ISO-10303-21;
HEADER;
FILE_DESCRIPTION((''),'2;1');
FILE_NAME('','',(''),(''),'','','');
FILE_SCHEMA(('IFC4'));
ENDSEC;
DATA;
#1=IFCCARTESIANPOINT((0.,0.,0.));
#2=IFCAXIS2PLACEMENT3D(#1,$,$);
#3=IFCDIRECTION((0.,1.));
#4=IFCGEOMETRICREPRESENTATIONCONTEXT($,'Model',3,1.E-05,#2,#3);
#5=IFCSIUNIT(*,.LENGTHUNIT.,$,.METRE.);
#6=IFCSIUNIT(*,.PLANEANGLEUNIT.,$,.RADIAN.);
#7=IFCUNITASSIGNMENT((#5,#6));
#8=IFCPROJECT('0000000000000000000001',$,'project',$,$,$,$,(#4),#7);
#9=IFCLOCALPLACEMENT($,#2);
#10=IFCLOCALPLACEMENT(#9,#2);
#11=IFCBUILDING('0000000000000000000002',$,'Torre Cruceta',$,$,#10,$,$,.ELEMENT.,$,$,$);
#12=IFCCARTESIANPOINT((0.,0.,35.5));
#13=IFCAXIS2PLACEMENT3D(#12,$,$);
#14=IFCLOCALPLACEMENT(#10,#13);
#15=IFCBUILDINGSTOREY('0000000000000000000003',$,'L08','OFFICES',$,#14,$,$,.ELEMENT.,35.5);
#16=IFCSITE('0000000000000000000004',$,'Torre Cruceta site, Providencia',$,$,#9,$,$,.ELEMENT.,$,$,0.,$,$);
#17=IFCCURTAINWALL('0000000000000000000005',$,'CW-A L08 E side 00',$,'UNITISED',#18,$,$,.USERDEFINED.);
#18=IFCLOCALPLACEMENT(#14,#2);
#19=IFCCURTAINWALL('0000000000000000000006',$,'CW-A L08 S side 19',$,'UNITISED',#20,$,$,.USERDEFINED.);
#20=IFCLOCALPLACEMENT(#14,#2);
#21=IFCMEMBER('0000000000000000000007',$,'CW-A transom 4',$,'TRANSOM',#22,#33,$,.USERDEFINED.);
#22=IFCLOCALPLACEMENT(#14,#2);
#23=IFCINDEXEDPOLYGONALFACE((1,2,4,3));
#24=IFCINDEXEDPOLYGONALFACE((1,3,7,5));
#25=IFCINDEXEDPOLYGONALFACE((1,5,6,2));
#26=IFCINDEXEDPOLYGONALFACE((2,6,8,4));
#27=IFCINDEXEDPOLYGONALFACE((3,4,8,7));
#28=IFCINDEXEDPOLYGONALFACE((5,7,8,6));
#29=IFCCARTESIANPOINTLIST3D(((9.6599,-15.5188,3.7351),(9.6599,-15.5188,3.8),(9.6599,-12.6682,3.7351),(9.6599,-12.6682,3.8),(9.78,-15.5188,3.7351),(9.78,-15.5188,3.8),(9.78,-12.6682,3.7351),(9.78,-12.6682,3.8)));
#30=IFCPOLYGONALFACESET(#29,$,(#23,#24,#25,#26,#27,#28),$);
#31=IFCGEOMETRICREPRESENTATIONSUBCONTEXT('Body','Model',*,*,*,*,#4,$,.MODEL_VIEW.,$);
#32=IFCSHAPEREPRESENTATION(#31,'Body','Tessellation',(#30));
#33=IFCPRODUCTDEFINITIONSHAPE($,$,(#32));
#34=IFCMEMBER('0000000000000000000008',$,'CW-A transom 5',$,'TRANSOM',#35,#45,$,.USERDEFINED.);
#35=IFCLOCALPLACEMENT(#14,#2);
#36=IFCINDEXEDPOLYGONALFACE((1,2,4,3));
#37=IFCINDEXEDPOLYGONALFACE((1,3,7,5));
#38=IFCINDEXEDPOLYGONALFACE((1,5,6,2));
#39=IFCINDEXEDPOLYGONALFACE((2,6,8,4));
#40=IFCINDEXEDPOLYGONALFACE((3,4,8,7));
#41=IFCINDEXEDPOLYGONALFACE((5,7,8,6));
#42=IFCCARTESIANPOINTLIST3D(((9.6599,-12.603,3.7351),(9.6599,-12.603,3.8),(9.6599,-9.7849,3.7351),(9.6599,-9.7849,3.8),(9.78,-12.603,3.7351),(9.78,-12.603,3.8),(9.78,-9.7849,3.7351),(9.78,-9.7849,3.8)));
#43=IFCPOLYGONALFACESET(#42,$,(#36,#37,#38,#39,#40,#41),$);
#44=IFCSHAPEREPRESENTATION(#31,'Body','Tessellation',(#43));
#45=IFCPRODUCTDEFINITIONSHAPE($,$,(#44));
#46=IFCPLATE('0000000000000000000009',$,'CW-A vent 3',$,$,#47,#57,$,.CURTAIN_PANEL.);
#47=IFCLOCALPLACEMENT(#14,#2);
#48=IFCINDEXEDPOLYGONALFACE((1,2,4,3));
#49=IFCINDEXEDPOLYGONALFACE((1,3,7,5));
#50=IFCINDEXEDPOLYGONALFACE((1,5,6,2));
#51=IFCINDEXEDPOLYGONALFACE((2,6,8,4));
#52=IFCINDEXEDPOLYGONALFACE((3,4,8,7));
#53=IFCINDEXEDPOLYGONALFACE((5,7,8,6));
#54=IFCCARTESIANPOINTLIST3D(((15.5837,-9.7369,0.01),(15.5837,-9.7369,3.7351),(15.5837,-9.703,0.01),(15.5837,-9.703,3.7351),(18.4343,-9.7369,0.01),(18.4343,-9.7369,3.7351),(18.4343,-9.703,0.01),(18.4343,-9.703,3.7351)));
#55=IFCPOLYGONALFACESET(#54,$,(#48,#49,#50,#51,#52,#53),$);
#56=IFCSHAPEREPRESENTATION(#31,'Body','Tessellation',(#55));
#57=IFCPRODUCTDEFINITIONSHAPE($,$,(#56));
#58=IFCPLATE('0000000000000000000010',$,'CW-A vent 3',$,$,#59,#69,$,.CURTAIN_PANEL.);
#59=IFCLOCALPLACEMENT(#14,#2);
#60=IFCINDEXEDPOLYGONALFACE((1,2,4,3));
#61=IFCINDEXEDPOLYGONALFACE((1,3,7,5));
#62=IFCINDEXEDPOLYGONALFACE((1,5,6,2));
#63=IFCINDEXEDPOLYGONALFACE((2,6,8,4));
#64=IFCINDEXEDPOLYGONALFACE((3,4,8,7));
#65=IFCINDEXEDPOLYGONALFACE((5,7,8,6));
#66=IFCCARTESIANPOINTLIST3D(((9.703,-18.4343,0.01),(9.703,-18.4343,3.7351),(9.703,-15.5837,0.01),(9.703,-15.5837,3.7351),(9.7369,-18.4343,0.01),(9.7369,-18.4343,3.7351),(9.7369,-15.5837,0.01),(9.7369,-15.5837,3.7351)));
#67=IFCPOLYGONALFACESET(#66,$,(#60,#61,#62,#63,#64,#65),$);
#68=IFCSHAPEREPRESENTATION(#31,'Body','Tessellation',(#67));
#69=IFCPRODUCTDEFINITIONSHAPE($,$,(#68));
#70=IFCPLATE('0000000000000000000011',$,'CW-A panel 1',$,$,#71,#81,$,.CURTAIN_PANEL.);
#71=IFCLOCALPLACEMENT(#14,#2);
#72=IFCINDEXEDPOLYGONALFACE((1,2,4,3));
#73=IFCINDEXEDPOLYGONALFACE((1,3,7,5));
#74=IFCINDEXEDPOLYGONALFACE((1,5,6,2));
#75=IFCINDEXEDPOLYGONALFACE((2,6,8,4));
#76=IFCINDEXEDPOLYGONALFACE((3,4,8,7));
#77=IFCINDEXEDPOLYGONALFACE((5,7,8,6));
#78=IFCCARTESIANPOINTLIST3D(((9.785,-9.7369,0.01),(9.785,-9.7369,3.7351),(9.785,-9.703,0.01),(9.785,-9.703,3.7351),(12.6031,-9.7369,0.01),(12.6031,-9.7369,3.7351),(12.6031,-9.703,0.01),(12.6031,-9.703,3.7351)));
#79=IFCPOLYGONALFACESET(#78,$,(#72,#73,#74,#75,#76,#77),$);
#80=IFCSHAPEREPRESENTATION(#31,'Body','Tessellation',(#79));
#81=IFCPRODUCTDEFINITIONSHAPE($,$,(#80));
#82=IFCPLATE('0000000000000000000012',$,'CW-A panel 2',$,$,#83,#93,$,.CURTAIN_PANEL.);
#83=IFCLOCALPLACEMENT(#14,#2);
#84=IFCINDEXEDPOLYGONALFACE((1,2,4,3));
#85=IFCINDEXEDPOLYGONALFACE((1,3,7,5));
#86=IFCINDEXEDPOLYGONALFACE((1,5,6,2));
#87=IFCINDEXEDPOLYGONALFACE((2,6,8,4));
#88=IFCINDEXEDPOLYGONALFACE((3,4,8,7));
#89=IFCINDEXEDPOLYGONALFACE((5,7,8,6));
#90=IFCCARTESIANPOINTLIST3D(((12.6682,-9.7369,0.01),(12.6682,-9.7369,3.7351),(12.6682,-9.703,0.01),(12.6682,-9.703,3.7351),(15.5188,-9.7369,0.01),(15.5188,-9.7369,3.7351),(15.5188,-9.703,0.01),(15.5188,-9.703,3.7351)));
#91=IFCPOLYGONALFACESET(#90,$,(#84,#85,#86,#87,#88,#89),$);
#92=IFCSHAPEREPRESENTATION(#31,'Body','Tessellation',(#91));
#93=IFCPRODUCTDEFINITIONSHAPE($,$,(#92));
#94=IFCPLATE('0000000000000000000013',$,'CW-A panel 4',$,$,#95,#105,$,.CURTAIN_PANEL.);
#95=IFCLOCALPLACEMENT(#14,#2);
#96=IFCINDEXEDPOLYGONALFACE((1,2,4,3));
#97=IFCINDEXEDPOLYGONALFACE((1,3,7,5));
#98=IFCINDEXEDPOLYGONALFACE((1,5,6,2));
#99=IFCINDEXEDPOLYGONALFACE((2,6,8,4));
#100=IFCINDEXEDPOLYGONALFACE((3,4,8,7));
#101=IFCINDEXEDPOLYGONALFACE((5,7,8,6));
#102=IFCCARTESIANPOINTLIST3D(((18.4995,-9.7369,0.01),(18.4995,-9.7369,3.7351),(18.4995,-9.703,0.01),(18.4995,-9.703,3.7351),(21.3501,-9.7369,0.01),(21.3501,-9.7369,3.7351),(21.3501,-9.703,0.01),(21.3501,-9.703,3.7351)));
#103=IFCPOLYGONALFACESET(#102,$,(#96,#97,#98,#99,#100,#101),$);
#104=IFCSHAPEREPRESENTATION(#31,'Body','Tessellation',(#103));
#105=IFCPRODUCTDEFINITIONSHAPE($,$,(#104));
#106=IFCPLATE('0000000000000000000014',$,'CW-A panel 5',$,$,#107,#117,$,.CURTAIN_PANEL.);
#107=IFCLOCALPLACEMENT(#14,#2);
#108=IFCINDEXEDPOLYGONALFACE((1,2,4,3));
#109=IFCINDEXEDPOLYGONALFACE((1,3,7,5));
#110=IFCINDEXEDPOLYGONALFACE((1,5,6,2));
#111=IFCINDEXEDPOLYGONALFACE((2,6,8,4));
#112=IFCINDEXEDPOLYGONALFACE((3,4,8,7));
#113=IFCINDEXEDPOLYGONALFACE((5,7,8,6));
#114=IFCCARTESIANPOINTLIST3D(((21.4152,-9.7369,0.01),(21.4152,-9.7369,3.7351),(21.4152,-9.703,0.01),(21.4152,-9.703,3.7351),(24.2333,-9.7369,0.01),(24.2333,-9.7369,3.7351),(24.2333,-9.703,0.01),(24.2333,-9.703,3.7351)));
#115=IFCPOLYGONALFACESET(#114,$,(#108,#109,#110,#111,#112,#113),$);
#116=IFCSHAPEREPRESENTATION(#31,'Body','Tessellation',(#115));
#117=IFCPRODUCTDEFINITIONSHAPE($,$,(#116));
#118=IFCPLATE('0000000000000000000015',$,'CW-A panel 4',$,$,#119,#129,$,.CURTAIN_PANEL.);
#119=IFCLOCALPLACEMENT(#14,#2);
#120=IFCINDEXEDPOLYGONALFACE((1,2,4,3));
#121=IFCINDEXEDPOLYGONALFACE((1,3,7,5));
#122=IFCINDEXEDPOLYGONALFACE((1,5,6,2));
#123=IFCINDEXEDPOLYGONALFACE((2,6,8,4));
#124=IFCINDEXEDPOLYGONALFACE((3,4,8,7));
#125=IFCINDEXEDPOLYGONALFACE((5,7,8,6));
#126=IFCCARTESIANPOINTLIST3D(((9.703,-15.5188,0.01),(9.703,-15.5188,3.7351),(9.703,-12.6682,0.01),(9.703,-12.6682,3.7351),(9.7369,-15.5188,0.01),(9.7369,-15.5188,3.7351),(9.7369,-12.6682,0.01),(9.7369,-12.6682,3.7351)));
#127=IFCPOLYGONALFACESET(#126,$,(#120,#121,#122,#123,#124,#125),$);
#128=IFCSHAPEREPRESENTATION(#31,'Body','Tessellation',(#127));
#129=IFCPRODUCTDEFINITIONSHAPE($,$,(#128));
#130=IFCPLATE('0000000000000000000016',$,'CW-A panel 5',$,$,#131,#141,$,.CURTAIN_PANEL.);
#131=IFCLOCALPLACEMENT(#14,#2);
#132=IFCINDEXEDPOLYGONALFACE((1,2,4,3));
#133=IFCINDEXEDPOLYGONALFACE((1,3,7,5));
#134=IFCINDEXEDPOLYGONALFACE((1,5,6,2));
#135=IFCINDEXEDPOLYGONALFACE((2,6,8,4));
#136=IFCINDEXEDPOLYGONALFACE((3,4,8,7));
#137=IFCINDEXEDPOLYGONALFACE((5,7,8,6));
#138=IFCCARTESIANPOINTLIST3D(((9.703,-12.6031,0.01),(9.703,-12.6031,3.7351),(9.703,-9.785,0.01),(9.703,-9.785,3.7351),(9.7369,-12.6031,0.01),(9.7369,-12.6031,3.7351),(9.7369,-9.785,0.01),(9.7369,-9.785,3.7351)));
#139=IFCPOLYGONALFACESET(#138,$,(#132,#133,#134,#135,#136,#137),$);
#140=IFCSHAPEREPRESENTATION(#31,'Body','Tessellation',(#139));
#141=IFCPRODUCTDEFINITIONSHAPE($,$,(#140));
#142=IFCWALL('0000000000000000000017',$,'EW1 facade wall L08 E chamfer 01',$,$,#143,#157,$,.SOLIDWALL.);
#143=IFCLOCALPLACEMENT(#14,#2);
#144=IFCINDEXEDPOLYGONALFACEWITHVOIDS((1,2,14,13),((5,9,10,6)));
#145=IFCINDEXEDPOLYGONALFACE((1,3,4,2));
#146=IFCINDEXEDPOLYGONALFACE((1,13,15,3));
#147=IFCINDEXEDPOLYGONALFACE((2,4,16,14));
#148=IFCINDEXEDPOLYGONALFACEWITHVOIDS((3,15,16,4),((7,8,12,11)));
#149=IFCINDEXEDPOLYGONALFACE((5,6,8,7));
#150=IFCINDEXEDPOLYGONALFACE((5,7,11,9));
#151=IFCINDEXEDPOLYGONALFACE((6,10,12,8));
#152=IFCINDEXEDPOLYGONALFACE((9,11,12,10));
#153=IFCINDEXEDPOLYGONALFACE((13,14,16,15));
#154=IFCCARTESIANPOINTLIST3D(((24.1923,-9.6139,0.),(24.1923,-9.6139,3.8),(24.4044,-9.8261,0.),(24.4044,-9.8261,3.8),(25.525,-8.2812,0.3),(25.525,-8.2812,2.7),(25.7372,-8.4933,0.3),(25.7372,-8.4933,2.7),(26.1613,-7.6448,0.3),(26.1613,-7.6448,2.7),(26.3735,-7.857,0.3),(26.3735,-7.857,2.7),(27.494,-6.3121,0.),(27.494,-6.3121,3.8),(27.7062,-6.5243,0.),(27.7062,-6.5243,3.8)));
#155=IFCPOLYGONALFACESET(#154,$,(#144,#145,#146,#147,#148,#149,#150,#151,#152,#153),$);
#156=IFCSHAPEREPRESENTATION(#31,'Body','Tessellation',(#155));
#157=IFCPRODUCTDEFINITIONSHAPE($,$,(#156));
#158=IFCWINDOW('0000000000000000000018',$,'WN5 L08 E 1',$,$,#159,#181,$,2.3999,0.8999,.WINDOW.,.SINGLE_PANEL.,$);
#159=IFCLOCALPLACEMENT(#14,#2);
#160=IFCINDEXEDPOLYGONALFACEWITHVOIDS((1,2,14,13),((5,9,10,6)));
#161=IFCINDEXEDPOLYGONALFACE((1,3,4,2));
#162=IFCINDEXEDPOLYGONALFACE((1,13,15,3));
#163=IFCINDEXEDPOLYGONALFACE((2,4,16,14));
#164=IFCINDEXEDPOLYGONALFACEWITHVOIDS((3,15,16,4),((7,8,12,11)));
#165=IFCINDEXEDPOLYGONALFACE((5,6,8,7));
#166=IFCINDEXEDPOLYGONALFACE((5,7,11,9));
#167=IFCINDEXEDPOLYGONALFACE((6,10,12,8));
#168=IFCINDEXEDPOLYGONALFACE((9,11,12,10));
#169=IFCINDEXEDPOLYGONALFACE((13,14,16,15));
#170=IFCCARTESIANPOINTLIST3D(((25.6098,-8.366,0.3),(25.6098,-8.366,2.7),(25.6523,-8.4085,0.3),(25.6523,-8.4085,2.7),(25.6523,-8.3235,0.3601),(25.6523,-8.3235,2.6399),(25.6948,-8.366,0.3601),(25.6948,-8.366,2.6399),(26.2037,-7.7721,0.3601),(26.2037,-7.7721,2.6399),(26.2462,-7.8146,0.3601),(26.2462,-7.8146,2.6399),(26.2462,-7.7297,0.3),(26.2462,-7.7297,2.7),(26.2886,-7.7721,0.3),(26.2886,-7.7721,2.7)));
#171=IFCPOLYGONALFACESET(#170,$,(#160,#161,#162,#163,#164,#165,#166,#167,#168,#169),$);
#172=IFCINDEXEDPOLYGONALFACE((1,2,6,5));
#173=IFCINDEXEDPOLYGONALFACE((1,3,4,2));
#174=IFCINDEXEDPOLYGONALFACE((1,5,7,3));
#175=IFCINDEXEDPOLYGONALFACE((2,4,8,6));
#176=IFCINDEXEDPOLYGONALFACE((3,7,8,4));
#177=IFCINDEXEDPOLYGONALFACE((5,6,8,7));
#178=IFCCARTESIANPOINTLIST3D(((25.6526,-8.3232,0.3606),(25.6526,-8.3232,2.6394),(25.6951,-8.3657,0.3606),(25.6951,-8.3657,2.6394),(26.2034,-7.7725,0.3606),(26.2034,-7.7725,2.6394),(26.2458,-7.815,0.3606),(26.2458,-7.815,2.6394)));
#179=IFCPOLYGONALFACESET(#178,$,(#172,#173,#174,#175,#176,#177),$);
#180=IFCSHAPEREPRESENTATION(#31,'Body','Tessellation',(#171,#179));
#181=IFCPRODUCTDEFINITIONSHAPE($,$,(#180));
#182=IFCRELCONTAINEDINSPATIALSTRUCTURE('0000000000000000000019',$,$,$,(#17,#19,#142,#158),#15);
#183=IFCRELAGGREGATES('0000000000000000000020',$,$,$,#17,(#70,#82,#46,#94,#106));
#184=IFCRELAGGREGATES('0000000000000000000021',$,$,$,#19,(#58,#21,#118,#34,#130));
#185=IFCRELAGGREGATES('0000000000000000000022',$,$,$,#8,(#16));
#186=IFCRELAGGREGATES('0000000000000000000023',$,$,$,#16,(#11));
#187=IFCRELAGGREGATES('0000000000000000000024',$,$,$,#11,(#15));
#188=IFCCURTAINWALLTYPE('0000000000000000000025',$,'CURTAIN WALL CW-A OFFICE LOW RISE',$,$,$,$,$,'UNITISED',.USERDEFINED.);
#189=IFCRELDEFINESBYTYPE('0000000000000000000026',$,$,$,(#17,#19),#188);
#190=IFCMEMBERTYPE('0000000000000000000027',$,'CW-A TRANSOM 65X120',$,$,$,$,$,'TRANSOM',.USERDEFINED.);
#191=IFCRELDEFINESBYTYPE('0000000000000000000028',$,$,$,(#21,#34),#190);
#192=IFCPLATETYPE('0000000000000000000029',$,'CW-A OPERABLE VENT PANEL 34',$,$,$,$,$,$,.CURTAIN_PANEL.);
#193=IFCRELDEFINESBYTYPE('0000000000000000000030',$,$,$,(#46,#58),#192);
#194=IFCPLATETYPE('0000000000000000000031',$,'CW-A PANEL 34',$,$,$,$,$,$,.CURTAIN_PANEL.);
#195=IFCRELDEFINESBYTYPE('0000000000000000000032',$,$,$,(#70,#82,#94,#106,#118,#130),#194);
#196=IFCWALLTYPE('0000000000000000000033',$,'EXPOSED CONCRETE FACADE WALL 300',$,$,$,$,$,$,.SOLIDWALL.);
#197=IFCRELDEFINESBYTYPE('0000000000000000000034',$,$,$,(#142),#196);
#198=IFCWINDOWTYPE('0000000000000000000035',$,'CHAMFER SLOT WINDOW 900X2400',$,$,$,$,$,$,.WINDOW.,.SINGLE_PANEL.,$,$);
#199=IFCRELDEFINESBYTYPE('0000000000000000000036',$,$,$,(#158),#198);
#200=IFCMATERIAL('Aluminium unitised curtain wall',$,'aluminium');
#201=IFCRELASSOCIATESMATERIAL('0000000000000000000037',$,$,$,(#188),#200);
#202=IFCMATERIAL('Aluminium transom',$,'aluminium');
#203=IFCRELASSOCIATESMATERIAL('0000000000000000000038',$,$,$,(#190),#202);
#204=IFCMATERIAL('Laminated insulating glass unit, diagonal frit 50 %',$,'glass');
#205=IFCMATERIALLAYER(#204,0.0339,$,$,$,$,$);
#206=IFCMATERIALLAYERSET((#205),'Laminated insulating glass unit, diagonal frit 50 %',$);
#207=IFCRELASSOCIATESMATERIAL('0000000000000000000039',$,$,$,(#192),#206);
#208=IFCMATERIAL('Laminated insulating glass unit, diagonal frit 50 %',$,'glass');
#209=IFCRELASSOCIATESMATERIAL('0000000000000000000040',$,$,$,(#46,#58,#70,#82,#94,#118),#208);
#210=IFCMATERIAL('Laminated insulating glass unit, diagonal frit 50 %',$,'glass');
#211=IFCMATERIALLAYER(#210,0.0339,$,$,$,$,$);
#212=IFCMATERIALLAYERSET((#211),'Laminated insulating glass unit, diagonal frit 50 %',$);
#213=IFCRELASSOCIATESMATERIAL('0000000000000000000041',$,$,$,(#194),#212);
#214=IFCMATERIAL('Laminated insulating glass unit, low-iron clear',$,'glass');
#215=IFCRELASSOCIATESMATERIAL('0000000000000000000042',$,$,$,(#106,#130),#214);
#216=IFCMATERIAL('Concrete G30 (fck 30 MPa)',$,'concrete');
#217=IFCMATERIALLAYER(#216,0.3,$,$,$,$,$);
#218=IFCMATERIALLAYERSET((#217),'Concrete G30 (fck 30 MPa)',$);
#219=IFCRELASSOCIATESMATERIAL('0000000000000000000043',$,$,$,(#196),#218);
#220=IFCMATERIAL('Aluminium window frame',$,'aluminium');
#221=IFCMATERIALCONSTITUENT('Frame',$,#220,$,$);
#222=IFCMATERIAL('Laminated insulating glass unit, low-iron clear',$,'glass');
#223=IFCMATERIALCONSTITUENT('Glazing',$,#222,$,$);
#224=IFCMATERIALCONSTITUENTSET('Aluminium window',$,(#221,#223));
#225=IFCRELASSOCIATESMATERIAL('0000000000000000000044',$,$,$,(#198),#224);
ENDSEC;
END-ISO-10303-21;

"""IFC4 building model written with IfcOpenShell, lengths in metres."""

from ifc_helpers import new_model, si_unit, direction, frame, frame_2d, origin, origin_2d, place, context, subcontext, project, spatial, rectangle, hollow_rectangle, extrude, material, layer, layer_set, constituent, constituent_set, material_profile, profile_set, type_object, element, fill, aggregate, save


model = new_model("IFC4")

# Units and contexts
model_context = context("Model", 3, precision=1e-05, world=origin(), true_north=direction((0.0, 1.0)))
body_context = subcontext(model_context, "Body", "Model", "MODEL_VIEW")
ifc_project = project(units=[si_unit("LENGTHUNIT", "METRE"), si_unit("PLANEANGLEUNIT", "RADIAN")], contexts=[model_context])

# Site, building, storey
site_placement = place(None, origin())
site = spatial("IfcSite", under=ifc_project, at=site_placement, Name="Torre Cruceta site, Providencia", CompositionType="ELEMENT", RefElevation=0.0)
building_placement = place(site_placement, origin())
building = spatial("IfcBuilding", under=site, at=building_placement, Name="Torre Cruceta", CompositionType="ELEMENT")
storey_placement = place(building_placement, frame((0.0, 0.0, 35.5)))
storey = spatial("IfcBuildingStorey", under=building, at=storey_placement, Name="L08", Description="OFFICES", CompositionType="ELEMENT", Elevation=35.5)

# Curtain walls
ifc_material_1 = material(Name="Aluminium unitised curtain wall", Category="aluminium")
curtain_wall_type = type_object("IfcCurtainWallType", Name="CURTAIN WALL CW-A OFFICE LOW RISE", ElementType="UNITISED", PredefinedType="USERDEFINED", material=ifc_material_1)
curtain_wall_1_placement = place(storey_placement, origin())
curtain_wall_1 = element("IfcCurtainWall", 1, at=curtain_wall_1_placement, inside=storey, type_object=curtain_wall_type, Name="CW-A L08 E side 00", ObjectType="UNITISED", PredefinedType="USERDEFINED")
curtain_wall_2_placement = place(storey_placement, origin())
curtain_wall_2 = element("IfcCurtainWall", 2, at=curtain_wall_2_placement, inside=storey, type_object=curtain_wall_type, Name="CW-A L08 S side 19", ObjectType="UNITISED", PredefinedType="USERDEFINED")

# Members
ifc_material_2 = material(Name="Aluminium transom", Category="aluminium")
ifc_material_profile_1 = material_profile(ifc_material_2, rectangle(XDim=0.1201, YDim=0.0649, at=origin_2d()), Name="AL 120X65")
ifc_profile_set_1 = profile_set([ifc_material_profile_1], Name="Aluminium transom")
member_type_1 = type_object("IfcMemberType", Name="CW-A TRANSOM 65X120", ElementType="TRANSOM", PredefinedType="USERDEFINED", material=ifc_profile_set_1)
member_1_placement = place(storey_placement, frame((9.72, -15.5188, 3.7676), z_axis=(0.0, 1.0, 0.0), x_axis=(-1.0, 0.0, 0.0)))
member_1 = element("IfcMember", 3, at=member_1_placement, type_object=member_type_1, Name="CW-A transom 4", ObjectType="TRANSOM", PredefinedType="USERDEFINED", context=body_context, shape_type="SweptSolid", body=[
    extrude(rectangle(XDim=0.1201, YDim=0.0649, at=origin_2d()), origin(), (0.0, 0.0, 1.0), 2.8506),
])
member_2_placement = place(storey_placement, frame((9.72, -12.603, 3.7676), z_axis=(0.0, 1.0, 0.0), x_axis=(-1.0, 0.0, 0.0)))
member_2 = element("IfcMember", 4, at=member_2_placement, type_object=member_type_1, Name="CW-A transom 5", ObjectType="TRANSOM", PredefinedType="USERDEFINED", context=body_context, shape_type="SweptSolid", body=[
    extrude(rectangle(XDim=0.1201, YDim=0.0649, at=origin_2d()), origin(), (0.0, 0.0, 1.0), 2.8181),
])

# Plates
ifc_material_3 = material(Name="Laminated insulating glass unit, diagonal frit 50 %", Category="glass")
ifc_material_4 = material(Name="Laminated insulating glass unit, diagonal frit 50 %", Category="glass")
ifc_layer_1 = layer(ifc_material_4, 0.0339)
ifc_layer_set_1 = layer_set([ifc_layer_1], Name="Laminated insulating glass unit, diagonal frit 50 %")
plate_type_1 = type_object("IfcPlateType", Name="CW-A OPERABLE VENT PANEL 34", PredefinedType="CURTAIN_PANEL", material=ifc_layer_set_1)
plate_1_placement = place(storey_placement, frame((17.009, -9.72, 0.01), z_axis=(0.0, 0.0, 1.0), x_axis=(1.0, 0.0, 0.0)))
plate_1 = element("IfcPlate", 5, at=plate_1_placement, type_object=plate_type_1, material=ifc_material_3, Name="CW-A vent 3", PredefinedType="CURTAIN_PANEL", context=body_context, shape_type="SweptSolid", body=[
    extrude(rectangle(XDim=2.8506, YDim=0.0339, at=origin_2d()), origin(), (0.0, 0.0, 1.0), 3.7251),
])
plate_2_placement = place(storey_placement, frame((9.72, -17.009, 0.01), z_axis=(0.0, 0.0, 1.0), x_axis=(0.0, 1.0, 0.0)))
plate_2 = element("IfcPlate", 6, at=plate_2_placement, type_object=plate_type_1, material=ifc_material_3, Name="CW-A vent 3", PredefinedType="CURTAIN_PANEL", context=body_context, shape_type="SweptSolid", body=[
    extrude(rectangle(XDim=2.8506, YDim=0.0339, at=origin_2d()), origin(), (0.0, 0.0, 1.0), 3.7251),
])
ifc_material_5 = material(Name="Laminated insulating glass unit, diagonal frit 50 %", Category="glass")
ifc_layer_2 = layer(ifc_material_5, 0.0339)
ifc_layer_set_2 = layer_set([ifc_layer_2], Name="Laminated insulating glass unit, diagonal frit 50 %")
plate_type_2 = type_object("IfcPlateType", Name="CW-A PANEL 34", PredefinedType="CURTAIN_PANEL", material=ifc_layer_set_2)
plate_3_placement = place(storey_placement, frame((11.1941, -9.72, 0.01), z_axis=(0.0, 0.0, 1.0), x_axis=(1.0, 0.0, 0.0)))
plate_3 = element("IfcPlate", 7, at=plate_3_placement, type_object=plate_type_2, material=ifc_material_3, Name="CW-A panel 1", PredefinedType="CURTAIN_PANEL", context=body_context, shape_type="SweptSolid", body=[
    extrude(rectangle(XDim=2.8181, YDim=0.0339, at=origin_2d()), origin(), (0.0, 0.0, 1.0), 3.7251),
])
plate_4_placement = place(storey_placement, frame((14.0935, -9.72, 0.01), z_axis=(0.0, 0.0, 1.0), x_axis=(1.0, 0.0, 0.0)))
plate_4 = element("IfcPlate", 8, at=plate_4_placement, type_object=plate_type_2, material=ifc_material_3, Name="CW-A panel 2", PredefinedType="CURTAIN_PANEL", context=body_context, shape_type="SweptSolid", body=[
    extrude(rectangle(XDim=2.8506, YDim=0.0339, at=origin_2d()), origin(), (0.0, 0.0, 1.0), 3.7251),
])
plate_5_placement = place(storey_placement, frame((19.9248, -9.72, 0.01), z_axis=(0.0, 0.0, 1.0), x_axis=(1.0, 0.0, 0.0)))
plate_5 = element("IfcPlate", 9, at=plate_5_placement, type_object=plate_type_2, material=ifc_material_3, Name="CW-A panel 4", PredefinedType="CURTAIN_PANEL", context=body_context, shape_type="SweptSolid", body=[
    extrude(rectangle(XDim=2.8506, YDim=0.0339, at=origin_2d()), origin(), (0.0, 0.0, 1.0), 3.7251),
])
ifc_material_6 = material(Name="Laminated insulating glass unit, low-iron clear", Category="glass")
plate_6_placement = place(storey_placement, frame((22.8242, -9.72, 0.01), z_axis=(0.0, 0.0, 1.0), x_axis=(1.0, 0.0, 0.0)))
plate_6 = element("IfcPlate", 10, at=plate_6_placement, type_object=plate_type_2, material=ifc_material_6, Name="CW-A panel 5", PredefinedType="CURTAIN_PANEL", context=body_context, shape_type="SweptSolid", body=[
    extrude(rectangle(XDim=2.8181, YDim=0.0339, at=origin_2d()), origin(), (0.0, 0.0, 1.0), 3.7251),
])
aggregate(curtain_wall_1, [plate_3, plate_4, plate_1, plate_5, plate_6])
plate_7_placement = place(storey_placement, frame((9.72, -14.0935, 0.01), z_axis=(0.0, 0.0, 1.0), x_axis=(0.0, 1.0, 0.0)))
plate_7 = element("IfcPlate", 11, at=plate_7_placement, type_object=plate_type_2, material=ifc_material_3, Name="CW-A panel 4", PredefinedType="CURTAIN_PANEL", context=body_context, shape_type="SweptSolid", body=[
    extrude(rectangle(XDim=2.8506, YDim=0.0339, at=origin_2d()), origin(), (0.0, 0.0, 1.0), 3.7251),
])
plate_8_placement = place(storey_placement, frame((9.72, -11.1941, 0.01), z_axis=(0.0, 0.0, 1.0), x_axis=(0.0, 1.0, 0.0)))
plate_8 = element("IfcPlate", 12, at=plate_8_placement, type_object=plate_type_2, material=ifc_material_6, Name="CW-A panel 5", PredefinedType="CURTAIN_PANEL", context=body_context, shape_type="SweptSolid", body=[
    extrude(rectangle(XDim=2.8181, YDim=0.0339, at=origin_2d()), origin(), (0.0, 0.0, 1.0), 3.7251),
])
aggregate(curtain_wall_2, [plate_2, member_1, plate_7, member_2, plate_8])

# Wall, opening, window
ifc_material_7 = material(Name="Concrete G30 (fck 30 MPa)", Category="concrete")
ifc_layer_3 = layer(ifc_material_7, 0.3)
ifc_layer_set_3 = layer_set([ifc_layer_3], Name="Concrete G30 (fck 30 MPa)")
wall_type_1 = type_object("IfcWallType", Name="EXPOSED CONCRETE FACADE WALL 300", PredefinedType="SOLIDWALL", material=ifc_layer_set_3)
wall_1_placement = place(storey_placement, frame((24.2983, -9.72, 0.0), z_axis=(0.0, 0.0, 1.0), x_axis=(0.707107, 0.707107, 0.0)))
wall_1 = element("IfcWall", 13, at=wall_1_placement, inside=storey, type_object=wall_type_1, Name="EW1 facade wall L08 E chamfer 01", PredefinedType="SOLIDWALL", context=body_context, shape_type="SweptSolid", body=[
    extrude(rectangle(XDim=4.6694, YDim=0.3, at=frame_2d((2.3347, 0.0))), origin(), (0.0, 0.0, 1.0), 3.8),
])
opening_1_placement = place(wall_1_placement, frame((1.8848, 0.0, 0.3)))
opening_1 = element("IfcOpeningElement", 14, at=opening_1_placement, cuts=wall_1, PredefinedType="OPENING", context=body_context, shape_type="SweptSolid", body=[
    extrude(rectangle(XDim=0.8999, YDim=2.3999, at=frame_2d((0.45, 1.2))), frame((0.0, 0.1599, 0.0), z_axis=(0.0, -1.0, 0.0), x_axis=(1.0, 0.0, 0.0)), (0.0, 0.0, 1.0), 0.3201),
])
ifc_material_8 = material(Name="Aluminium window frame", Category="aluminium")
ifc_constituent_1 = constituent(ifc_material_8, Name="Frame")
ifc_material_9 = material(Name="Laminated insulating glass unit, low-iron clear", Category="glass")
ifc_constituent_2 = constituent(ifc_material_9, Name="Glazing")
ifc_constituent_set_1 = constituent_set(constituents=[ifc_constituent_1, ifc_constituent_2], Name="Aluminium window")
window_type = type_object("IfcWindowType", Name="CHAMFER SLOT WINDOW 900X2400", PartitioningType="SINGLE_PANEL", PredefinedType="WINDOW", material=ifc_constituent_set_1)
window_placement = place(opening_1_placement, origin())
window = element("IfcWindow", 15, at=window_placement, inside=storey, type_object=window_type, Name="WN5 L08 E 1", OverallHeight=2.3999, OverallWidth=0.8999, PartitioningType="SINGLE_PANEL", PredefinedType="WINDOW", context=body_context, shape_type="SweptSolid", body=[
    extrude(hollow_rectangle(XDim=0.8999, YDim=2.3999, WallThickness=0.0601, at=frame_2d((0.45, 1.2))), frame((0.0, 0.03, 0.0), z_axis=(0.0, -1.0, 0.0), x_axis=(1.0, 0.0, 0.0)), (0.0, 0.0, 1.0), 0.0601),
    extrude(rectangle(XDim=0.7788, YDim=2.2788, at=frame_2d((0.45, 1.2))), frame((0.0, 0.03, 0.0), z_axis=(0.0, -1.0, 0.0), x_axis=(1.0, 0.0, 0.0)), (0.0, 0.0, 1.0), 0.0601),
])
fill(opening_1, window)

save(model, "model.ifc")
